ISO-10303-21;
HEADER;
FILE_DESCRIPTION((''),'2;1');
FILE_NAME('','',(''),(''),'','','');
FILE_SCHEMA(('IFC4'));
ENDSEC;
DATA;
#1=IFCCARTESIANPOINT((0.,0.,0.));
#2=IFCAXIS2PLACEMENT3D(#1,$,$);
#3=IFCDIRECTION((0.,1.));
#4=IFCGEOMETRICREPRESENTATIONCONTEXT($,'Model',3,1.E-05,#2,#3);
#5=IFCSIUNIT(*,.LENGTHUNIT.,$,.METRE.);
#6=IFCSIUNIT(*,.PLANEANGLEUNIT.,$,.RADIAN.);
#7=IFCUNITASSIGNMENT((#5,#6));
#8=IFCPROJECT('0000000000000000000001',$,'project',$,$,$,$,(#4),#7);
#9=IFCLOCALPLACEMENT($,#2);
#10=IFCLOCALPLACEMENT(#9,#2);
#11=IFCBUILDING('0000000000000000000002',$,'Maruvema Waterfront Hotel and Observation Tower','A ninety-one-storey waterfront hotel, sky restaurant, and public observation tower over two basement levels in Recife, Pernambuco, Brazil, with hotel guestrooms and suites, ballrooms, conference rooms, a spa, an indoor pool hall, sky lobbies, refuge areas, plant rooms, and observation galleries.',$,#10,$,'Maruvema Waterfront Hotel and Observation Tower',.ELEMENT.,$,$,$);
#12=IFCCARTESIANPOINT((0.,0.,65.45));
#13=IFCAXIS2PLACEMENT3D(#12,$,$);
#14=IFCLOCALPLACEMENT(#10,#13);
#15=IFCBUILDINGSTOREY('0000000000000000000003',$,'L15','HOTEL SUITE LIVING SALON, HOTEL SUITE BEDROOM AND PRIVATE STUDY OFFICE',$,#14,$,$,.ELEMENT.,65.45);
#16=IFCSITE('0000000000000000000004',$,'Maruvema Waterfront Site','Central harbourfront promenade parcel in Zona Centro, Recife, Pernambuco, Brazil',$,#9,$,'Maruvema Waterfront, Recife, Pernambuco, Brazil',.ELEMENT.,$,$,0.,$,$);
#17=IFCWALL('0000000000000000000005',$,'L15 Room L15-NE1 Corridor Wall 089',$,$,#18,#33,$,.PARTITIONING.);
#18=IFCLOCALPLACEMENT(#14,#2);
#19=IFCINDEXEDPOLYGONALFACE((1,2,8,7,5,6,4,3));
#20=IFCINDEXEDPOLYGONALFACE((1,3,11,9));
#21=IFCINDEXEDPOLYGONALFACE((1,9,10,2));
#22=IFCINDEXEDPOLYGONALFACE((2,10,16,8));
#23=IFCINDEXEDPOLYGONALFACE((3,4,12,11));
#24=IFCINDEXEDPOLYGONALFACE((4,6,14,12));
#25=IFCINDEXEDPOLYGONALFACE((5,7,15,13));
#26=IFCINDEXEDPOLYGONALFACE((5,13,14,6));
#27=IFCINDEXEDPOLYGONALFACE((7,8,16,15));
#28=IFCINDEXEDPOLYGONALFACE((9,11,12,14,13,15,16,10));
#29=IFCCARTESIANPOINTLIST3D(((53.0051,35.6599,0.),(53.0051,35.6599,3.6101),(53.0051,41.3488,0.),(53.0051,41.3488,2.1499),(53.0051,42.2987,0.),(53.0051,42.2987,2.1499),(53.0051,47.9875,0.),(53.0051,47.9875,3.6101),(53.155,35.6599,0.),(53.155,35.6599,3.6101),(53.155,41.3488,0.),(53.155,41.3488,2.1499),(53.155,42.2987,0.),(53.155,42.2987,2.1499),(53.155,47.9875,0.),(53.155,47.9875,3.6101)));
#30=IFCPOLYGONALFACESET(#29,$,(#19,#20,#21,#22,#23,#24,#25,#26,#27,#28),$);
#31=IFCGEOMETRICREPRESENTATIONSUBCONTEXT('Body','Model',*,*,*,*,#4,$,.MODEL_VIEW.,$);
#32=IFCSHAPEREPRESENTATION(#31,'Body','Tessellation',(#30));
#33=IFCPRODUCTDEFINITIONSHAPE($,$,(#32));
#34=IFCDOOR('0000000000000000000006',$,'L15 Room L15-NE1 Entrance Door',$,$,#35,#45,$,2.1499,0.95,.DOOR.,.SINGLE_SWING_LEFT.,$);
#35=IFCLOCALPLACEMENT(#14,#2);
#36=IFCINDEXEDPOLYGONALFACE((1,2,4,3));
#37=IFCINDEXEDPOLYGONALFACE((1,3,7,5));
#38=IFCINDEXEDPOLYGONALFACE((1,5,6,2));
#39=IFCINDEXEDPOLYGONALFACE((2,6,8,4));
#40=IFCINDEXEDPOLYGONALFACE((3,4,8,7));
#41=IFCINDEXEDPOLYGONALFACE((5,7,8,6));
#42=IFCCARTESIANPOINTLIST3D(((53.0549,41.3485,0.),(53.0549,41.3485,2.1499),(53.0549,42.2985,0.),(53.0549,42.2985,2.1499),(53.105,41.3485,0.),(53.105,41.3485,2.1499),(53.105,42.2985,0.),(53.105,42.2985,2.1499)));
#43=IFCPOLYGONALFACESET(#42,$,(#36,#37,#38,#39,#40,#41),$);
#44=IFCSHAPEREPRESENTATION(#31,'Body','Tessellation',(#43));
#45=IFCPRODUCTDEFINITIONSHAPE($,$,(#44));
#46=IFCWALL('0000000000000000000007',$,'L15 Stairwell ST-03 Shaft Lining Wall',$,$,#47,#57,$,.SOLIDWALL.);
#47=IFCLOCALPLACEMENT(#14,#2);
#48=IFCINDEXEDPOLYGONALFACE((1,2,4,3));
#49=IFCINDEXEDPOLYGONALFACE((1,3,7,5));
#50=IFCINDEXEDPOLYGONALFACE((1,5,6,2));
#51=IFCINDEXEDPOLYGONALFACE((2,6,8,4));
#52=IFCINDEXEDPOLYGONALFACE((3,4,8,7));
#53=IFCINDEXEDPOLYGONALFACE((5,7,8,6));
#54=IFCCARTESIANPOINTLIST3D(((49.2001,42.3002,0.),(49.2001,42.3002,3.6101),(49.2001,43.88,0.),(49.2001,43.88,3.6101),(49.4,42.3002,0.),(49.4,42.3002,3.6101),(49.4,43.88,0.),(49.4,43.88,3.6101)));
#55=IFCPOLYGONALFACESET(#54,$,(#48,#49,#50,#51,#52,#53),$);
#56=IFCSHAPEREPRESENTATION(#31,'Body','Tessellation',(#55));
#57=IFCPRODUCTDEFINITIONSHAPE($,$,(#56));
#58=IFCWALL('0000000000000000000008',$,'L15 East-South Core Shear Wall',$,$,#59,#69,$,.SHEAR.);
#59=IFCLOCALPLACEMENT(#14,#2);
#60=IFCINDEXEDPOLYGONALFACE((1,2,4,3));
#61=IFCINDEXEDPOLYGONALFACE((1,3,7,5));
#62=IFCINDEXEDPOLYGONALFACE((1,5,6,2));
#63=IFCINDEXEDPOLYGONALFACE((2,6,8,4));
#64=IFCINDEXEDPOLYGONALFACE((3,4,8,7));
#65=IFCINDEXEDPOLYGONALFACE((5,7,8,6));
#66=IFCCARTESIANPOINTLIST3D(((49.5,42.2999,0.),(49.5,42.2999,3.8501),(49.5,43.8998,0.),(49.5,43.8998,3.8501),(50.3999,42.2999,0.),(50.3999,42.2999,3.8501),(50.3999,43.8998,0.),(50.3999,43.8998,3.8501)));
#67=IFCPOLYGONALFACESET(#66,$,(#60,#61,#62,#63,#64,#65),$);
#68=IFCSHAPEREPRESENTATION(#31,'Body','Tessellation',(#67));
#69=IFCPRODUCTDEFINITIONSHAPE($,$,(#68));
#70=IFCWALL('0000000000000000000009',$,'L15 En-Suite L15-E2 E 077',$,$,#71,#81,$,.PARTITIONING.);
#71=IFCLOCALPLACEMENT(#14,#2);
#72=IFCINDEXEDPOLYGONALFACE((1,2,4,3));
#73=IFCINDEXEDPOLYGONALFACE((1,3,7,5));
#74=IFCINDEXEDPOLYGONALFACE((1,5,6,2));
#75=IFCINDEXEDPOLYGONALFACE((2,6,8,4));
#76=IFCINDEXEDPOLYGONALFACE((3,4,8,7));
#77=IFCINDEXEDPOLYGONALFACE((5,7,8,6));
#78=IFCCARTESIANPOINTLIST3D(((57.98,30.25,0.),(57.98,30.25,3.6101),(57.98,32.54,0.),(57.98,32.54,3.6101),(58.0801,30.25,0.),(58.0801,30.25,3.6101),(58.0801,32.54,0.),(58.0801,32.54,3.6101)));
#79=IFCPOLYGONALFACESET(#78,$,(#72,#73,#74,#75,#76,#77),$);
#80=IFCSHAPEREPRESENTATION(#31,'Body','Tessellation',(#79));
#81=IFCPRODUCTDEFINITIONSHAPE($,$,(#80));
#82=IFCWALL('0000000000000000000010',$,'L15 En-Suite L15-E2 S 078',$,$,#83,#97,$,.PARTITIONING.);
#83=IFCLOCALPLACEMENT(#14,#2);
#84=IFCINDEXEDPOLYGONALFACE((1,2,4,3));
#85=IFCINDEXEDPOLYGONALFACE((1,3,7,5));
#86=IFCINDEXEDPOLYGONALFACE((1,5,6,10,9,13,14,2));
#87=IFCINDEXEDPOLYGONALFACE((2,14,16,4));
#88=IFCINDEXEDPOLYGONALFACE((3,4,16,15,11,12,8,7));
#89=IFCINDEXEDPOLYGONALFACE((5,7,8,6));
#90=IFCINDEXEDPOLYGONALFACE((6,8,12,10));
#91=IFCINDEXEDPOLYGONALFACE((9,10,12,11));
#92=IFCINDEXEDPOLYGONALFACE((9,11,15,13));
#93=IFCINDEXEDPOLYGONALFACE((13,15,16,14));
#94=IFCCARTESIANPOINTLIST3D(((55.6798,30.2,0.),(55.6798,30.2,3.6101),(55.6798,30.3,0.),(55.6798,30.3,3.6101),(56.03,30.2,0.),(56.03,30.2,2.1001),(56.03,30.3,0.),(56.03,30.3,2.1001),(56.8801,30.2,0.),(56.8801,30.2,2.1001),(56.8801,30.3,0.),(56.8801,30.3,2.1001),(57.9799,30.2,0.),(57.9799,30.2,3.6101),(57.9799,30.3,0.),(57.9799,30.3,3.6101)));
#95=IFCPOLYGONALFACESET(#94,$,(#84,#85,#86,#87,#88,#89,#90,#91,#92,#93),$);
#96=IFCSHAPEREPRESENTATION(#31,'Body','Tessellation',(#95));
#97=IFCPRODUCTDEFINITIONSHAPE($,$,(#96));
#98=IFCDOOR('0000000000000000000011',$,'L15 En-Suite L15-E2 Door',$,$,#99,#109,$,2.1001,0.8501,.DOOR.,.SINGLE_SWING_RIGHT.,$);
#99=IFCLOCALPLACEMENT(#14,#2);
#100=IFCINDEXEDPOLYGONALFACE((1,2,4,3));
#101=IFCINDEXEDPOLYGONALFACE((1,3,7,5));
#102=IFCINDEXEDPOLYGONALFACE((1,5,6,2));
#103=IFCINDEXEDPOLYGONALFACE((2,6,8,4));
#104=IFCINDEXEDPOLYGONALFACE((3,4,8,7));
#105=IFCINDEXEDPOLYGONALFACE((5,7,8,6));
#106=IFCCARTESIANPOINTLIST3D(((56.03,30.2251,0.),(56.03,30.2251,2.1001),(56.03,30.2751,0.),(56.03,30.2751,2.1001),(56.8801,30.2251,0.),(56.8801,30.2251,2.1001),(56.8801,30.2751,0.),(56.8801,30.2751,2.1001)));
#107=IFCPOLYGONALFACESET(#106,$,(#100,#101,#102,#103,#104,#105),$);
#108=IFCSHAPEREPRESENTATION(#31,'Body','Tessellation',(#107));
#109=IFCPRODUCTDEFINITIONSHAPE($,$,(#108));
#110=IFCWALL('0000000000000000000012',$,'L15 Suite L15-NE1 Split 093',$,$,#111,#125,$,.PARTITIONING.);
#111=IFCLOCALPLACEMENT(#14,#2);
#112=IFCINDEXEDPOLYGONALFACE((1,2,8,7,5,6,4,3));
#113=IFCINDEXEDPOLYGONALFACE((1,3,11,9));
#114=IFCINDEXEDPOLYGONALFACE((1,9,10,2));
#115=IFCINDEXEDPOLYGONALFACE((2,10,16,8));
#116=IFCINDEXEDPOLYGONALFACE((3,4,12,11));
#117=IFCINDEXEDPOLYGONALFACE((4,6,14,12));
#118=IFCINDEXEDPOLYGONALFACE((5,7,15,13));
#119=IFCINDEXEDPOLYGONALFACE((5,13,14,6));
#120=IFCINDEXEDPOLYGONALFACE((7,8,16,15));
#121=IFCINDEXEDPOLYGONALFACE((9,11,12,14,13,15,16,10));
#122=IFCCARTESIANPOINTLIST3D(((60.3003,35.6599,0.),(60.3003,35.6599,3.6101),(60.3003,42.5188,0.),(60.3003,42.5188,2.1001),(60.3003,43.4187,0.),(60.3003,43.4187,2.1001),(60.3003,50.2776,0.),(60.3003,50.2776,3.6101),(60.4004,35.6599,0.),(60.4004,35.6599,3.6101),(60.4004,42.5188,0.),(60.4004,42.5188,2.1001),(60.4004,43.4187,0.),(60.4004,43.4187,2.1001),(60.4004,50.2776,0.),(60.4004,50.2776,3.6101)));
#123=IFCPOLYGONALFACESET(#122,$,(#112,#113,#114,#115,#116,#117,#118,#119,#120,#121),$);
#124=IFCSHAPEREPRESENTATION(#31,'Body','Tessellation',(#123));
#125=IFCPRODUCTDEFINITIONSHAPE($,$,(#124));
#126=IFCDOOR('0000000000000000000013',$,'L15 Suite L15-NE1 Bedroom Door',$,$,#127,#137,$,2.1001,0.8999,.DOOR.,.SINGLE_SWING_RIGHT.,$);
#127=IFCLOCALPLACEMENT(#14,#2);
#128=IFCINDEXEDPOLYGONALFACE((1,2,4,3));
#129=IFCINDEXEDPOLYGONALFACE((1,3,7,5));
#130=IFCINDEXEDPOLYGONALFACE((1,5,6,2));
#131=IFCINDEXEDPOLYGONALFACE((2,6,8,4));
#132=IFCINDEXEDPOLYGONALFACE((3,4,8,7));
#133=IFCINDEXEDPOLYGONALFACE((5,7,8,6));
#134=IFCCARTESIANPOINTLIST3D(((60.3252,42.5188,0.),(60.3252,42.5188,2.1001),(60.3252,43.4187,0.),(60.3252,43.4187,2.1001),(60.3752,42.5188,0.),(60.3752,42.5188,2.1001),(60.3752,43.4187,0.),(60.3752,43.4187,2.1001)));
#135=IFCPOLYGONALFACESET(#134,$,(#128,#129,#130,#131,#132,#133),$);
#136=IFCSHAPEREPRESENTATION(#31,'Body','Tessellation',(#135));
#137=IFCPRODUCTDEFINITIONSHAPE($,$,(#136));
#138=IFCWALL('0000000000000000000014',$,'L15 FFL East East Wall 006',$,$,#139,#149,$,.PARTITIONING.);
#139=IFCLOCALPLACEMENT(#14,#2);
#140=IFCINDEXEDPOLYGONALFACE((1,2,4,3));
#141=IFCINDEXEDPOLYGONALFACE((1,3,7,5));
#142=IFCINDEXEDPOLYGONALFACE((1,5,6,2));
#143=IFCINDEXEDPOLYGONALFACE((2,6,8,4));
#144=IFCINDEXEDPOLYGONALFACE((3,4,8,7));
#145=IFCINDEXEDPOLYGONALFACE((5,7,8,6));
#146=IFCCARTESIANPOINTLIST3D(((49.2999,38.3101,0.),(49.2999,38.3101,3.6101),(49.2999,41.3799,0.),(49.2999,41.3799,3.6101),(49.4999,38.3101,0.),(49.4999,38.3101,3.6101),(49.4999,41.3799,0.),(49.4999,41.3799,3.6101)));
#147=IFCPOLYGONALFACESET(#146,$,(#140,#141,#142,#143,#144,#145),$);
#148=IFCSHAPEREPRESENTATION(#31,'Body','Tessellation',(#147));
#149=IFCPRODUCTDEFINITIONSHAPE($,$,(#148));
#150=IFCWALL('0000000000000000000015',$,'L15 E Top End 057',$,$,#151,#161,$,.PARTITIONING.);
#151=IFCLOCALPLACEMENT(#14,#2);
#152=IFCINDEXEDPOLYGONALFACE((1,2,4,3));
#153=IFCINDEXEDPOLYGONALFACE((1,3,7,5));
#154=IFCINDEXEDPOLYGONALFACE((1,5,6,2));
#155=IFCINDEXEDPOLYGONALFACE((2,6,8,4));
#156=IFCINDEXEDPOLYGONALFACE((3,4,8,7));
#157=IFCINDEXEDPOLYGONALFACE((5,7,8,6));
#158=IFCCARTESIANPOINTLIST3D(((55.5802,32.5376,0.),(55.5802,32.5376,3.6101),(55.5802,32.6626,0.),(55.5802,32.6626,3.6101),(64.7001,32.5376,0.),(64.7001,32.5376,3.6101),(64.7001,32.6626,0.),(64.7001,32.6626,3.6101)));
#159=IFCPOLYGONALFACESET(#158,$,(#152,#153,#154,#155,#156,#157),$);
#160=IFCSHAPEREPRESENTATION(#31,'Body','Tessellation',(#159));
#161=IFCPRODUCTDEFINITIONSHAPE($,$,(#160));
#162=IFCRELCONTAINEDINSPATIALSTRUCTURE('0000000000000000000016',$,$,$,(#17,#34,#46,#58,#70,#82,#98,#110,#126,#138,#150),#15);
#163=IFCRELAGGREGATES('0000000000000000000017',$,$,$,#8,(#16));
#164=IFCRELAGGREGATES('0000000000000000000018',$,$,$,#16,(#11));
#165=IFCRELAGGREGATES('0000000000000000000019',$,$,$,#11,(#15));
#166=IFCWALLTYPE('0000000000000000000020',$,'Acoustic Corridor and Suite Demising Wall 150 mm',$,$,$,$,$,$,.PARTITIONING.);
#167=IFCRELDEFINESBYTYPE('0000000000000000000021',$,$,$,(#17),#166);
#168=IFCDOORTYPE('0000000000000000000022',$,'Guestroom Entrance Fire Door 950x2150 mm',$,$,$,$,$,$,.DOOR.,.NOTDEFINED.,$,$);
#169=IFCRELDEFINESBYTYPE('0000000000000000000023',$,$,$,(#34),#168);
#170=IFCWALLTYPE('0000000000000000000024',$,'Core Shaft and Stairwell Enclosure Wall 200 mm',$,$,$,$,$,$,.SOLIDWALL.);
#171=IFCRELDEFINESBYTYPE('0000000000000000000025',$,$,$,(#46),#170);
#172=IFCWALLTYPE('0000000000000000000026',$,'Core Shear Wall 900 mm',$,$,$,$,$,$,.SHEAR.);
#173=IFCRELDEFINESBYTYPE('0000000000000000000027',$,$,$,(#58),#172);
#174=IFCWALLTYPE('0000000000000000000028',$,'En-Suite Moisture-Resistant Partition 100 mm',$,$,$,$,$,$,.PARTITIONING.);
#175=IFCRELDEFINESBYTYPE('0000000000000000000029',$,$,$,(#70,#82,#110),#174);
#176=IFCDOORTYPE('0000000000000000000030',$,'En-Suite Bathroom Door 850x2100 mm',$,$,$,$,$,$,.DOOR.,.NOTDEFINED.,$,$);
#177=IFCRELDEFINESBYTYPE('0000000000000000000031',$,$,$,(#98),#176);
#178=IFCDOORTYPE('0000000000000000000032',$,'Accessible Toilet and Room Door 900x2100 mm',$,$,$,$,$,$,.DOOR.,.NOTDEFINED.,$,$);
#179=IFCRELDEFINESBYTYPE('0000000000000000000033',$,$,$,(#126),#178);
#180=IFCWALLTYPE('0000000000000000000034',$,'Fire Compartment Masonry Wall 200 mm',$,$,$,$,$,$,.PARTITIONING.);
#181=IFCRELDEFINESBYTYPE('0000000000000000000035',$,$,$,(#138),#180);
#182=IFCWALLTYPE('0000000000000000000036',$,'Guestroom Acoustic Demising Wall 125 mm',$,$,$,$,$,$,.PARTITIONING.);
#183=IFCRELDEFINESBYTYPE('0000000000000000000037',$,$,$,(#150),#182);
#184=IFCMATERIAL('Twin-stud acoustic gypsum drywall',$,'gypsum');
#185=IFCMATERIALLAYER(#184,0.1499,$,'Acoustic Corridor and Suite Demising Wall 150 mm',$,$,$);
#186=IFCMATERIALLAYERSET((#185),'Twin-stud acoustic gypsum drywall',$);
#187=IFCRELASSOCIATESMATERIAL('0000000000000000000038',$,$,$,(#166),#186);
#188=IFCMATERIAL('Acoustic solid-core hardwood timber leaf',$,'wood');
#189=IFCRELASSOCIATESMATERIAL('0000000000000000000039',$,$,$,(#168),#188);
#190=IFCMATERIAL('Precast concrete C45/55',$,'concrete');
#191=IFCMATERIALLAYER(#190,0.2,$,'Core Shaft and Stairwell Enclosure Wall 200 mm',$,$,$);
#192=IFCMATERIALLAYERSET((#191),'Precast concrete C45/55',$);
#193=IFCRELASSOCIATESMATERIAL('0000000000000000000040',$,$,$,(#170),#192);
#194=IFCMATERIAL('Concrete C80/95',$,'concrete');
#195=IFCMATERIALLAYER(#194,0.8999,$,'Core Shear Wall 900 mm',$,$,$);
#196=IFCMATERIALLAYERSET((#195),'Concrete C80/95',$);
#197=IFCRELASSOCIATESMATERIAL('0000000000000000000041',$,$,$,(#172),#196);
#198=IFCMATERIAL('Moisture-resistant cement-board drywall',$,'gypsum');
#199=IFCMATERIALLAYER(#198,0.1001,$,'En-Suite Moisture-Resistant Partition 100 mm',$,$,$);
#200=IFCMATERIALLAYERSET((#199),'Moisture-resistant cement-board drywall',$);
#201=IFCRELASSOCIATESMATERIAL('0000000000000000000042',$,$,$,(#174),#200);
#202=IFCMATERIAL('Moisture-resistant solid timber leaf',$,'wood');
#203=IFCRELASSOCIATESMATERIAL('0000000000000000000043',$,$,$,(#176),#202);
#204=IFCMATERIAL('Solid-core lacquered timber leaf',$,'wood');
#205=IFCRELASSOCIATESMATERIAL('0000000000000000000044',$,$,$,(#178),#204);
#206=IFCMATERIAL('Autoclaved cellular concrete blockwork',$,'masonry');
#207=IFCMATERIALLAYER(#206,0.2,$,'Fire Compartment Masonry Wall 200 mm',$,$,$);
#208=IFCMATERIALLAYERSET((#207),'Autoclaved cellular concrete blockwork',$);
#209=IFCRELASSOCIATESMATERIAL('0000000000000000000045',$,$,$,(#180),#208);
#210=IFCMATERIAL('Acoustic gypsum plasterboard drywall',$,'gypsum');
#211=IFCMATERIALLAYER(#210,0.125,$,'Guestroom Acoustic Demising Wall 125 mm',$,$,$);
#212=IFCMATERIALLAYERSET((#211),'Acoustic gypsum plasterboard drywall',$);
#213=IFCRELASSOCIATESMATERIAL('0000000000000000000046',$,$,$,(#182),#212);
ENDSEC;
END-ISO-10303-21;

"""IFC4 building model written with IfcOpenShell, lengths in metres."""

from ifc_helpers import new_model, si_unit, direction, frame, frame_2d, origin, place, context, subcontext, project, spatial, rectangle, extrude, material, layer, layer_set, type_object, element, fill, save


model = new_model("IFC4")

# Units and contexts
model_context = context("Model", 3, precision=1e-05, world=origin(), true_north=direction((0.0, 1.0)))
body_context = subcontext(model_context, "Body", "Model", "MODEL_VIEW")
ifc_project = project(units=[si_unit("LENGTHUNIT", "METRE"), si_unit("PLANEANGLEUNIT", "RADIAN")], contexts=[model_context])

# Site, building, storey
site_placement = place(None, origin())
site = spatial("IfcSite", under=ifc_project, at=site_placement, Name="Maruvema Waterfront Site", Description="Central harbourfront promenade parcel in Zona Centro, Recife, Pernambuco, Brazil", LongName="Maruvema Waterfront, Recife, Pernambuco, Brazil", CompositionType="ELEMENT", RefElevation=0.0)
building_placement = place(site_placement, origin())
building = spatial("IfcBuilding", under=site, at=building_placement, Name="Maruvema Waterfront Hotel and Observation Tower", Description="A ninety-one-storey waterfront hotel, sky restaurant, and public observation tower over two basement levels in Recife, Pernambuco, Brazil, with hotel guestrooms and suites, ballrooms, conference rooms, a spa, an indoor pool hall, sky lobbies, refuge areas, plant rooms, and observation galleries.", LongName="Maruvema Waterfront Hotel and Observation Tower", CompositionType="ELEMENT")
storey_placement = place(building_placement, frame((0.0, 0.0, 65.45)))
storey = spatial("IfcBuildingStorey", under=building, at=storey_placement, Name="L15", Description="HOTEL SUITE LIVING SALON, HOTEL SUITE BEDROOM AND PRIVATE STUDY OFFICE", CompositionType="ELEMENT", Elevation=65.45)

# Wall, opening, door
ifc_material_1 = material(Name="Twin-stud acoustic gypsum drywall", Category="gypsum")
ifc_layer_1 = layer(ifc_material_1, 0.1499, Name="Acoustic Corridor and Suite Demising Wall 150 mm")
ifc_layer_set_1 = layer_set([ifc_layer_1], Name="Twin-stud acoustic gypsum drywall")
wall_type_1 = type_object("IfcWallType", Name="Acoustic Corridor and Suite Demising Wall 150 mm", PredefinedType="PARTITIONING", material=ifc_layer_set_1)
wall_1_placement = place(storey_placement, frame((53.0801, 35.6599, 0.0), z_axis=(0.0, 0.0, 1.0), x_axis=(0.0, 1.0, 0.0)))
wall_1 = element("IfcWall", 1, at=wall_1_placement, inside=storey, type_object=wall_type_1, Name="L15 Room L15-NE1 Corridor Wall 089", PredefinedType="PARTITIONING", context=body_context, shape_type="SweptSolid", body=[
    extrude(rectangle(XDim=12.3276, YDim=0.1499, at=frame_2d((6.1638, 0.0))), origin(), (0.0, 0.0, 1.0), 3.6101),
])
opening_1_placement = place(wall_1_placement, frame((5.6887, 0.0, 0.0)))
opening_1 = element("IfcOpeningElement", 2, at=opening_1_placement, cuts=wall_1, PredefinedType="OPENING", context=body_context, shape_type="SweptSolid", body=[
    extrude(rectangle(XDim=0.95, YDim=2.1499, at=frame_2d((0.4751, 1.075))), frame((0.0, 0.085, 0.0), z_axis=(0.0, -1.0, 0.0), x_axis=(1.0, 0.0, 0.0)), (0.0, 0.0, 1.0), 0.1699),
])
ifc_material_2 = material(Name="Acoustic solid-core hardwood timber leaf", Category="wood")
door_type_1 = type_object("IfcDoorType", Name="Guestroom Entrance Fire Door 950x2150 mm", OperationType="NOTDEFINED", PredefinedType="DOOR", material=ifc_material_2)
door_1_placement = place(opening_1_placement, frame((0.95, 0.0, 0.0), z_axis=(0.0, 0.0, 1.0), x_axis=(-1.0, 0.0, 0.0)))
door_1 = element("IfcDoor", 3, at=door_1_placement, inside=storey, type_object=door_type_1, Name="L15 Room L15-NE1 Entrance Door", OperationType="SINGLE_SWING_LEFT", OverallHeight=2.1499, OverallWidth=0.95, PredefinedType="DOOR", context=body_context, shape_type="SweptSolid", body=[
    extrude(rectangle(XDim=0.95, YDim=2.1499, at=frame_2d((0.4751, 1.075))), frame((0.0, 0.0249, 0.0), z_axis=(0.0, -1.0, 0.0), x_axis=(1.0, 0.0, 0.0)), (0.0, 0.0, 1.0), 0.05),
])
fill(opening_1, door_1)

# Walls
ifc_material_3 = material(Name="Precast concrete C45/55", Category="concrete")
ifc_layer_2 = layer(ifc_material_3, 0.2, Name="Core Shaft and Stairwell Enclosure Wall 200 mm")
ifc_layer_set_2 = layer_set([ifc_layer_2], Name="Precast concrete C45/55")
wall_type_2 = type_object("IfcWallType", Name="Core Shaft and Stairwell Enclosure Wall 200 mm", PredefinedType="SOLIDWALL", material=ifc_layer_set_2)
wall_2_placement = place(storey_placement, frame((49.3, 42.3, 0.0), z_axis=(0.0, 0.0, 1.0), x_axis=(0.0, 1.0, 0.0)))
element("IfcWall", 4, at=wall_2_placement, inside=storey, type_object=wall_type_2, Name="L15 Stairwell ST-03 Shaft Lining Wall", PredefinedType="SOLIDWALL", context=body_context, shape_type="SweptSolid", body=[
    extrude(rectangle(XDim=1.5798, YDim=0.2, at=frame_2d((0.79, 0.0))), origin(), (0.0, 0.0, 1.0), 3.6101),
])
ifc_material_4 = material(Name="Concrete C80/95", Category="concrete")
ifc_layer_3 = layer(ifc_material_4, 0.8999, Name="Core Shear Wall 900 mm")
ifc_layer_set_3 = layer_set([ifc_layer_3], Name="Concrete C80/95")
wall_type_3 = type_object("IfcWallType", Name="Core Shear Wall 900 mm", PredefinedType="SHEAR", material=ifc_layer_set_3)
wall_3_placement = place(storey_placement, frame((49.95, 42.3, 0.0), z_axis=(0.0, 0.0, 1.0), x_axis=(0.0, 1.0, 0.0)))
element("IfcWall", 5, at=wall_3_placement, inside=storey, type_object=wall_type_3, Name="L15 East-South Core Shear Wall", PredefinedType="SHEAR", context=body_context, shape_type="SweptSolid", body=[
    extrude(rectangle(XDim=1.5999, YDim=0.8999, at=frame_2d((0.7998, 0.0))), origin(), (0.0, 0.0, 1.0), 3.8501),
])
ifc_material_5 = material(Name="Moisture-resistant cement-board drywall", Category="gypsum")
ifc_layer_4 = layer(ifc_material_5, 0.1001, Name="En-Suite Moisture-Resistant Partition 100 mm")
ifc_layer_set_4 = layer_set([ifc_layer_4], Name="Moisture-resistant cement-board drywall")
wall_type_4 = type_object("IfcWallType", Name="En-Suite Moisture-Resistant Partition 100 mm", PredefinedType="PARTITIONING", material=ifc_layer_set_4)
wall_4_placement = place(storey_placement, frame((58.03, 30.25, 0.0), z_axis=(0.0, 0.0, 1.0), x_axis=(0.0, 1.0, 0.0)))
element("IfcWall", 6, at=wall_4_placement, inside=storey, type_object=wall_type_4, Name="L15 En-Suite L15-E2 E 077", PredefinedType="PARTITIONING", context=body_context, shape_type="SweptSolid", body=[
    extrude(rectangle(XDim=2.29, YDim=0.1001, at=frame_2d((1.145, 0.0))), origin(), (0.0, 0.0, 1.0), 3.6101),
])

# Walls, openings, doors
wall_5_placement = place(storey_placement, frame((55.6799, 30.25, 0.0), z_axis=(0.0, 0.0, 1.0), x_axis=(1.0, 0.0, 0.0)))
wall_5 = element("IfcWall", 7, at=wall_5_placement, inside=storey, type_object=wall_type_4, Name="L15 En-Suite L15-E2 S 078", PredefinedType="PARTITIONING", context=body_context, shape_type="SweptSolid", body=[
    extrude(rectangle(XDim=2.3, YDim=0.1001, at=frame_2d((1.1499, 0.0))), origin(), (0.0, 0.0, 1.0), 3.6101),
])
opening_2_placement = place(wall_5_placement, frame((0.3501, 0.0, 0.0)))
opening_2 = element("IfcOpeningElement", 8, at=opening_2_placement, cuts=wall_5, PredefinedType="OPENING", context=body_context, shape_type="SweptSolid", body=[
    extrude(rectangle(XDim=0.8501, YDim=2.1001, at=frame_2d((0.425, 1.05))), frame((0.0, 0.0601, 0.0), z_axis=(0.0, -1.0, 0.0), x_axis=(1.0, 0.0, 0.0)), (0.0, 0.0, 1.0), 0.1201),
])
ifc_material_6 = material(Name="Moisture-resistant solid timber leaf", Category="wood")
door_type_2 = type_object("IfcDoorType", Name="En-Suite Bathroom Door 850x2100 mm", OperationType="NOTDEFINED", PredefinedType="DOOR", material=ifc_material_6)
door_2_placement = place(opening_2_placement, frame((0.8501, 0.0, 0.0), z_axis=(0.0, 0.0, 1.0), x_axis=(-1.0, 0.0, 0.0)))
door_2 = element("IfcDoor", 9, at=door_2_placement, inside=storey, type_object=door_type_2, Name="L15 En-Suite L15-E2 Door", OperationType="SINGLE_SWING_RIGHT", OverallHeight=2.1001, OverallWidth=0.8501, PredefinedType="DOOR", context=body_context, shape_type="SweptSolid", body=[
    extrude(rectangle(XDim=0.8501, YDim=2.1001, at=frame_2d((0.425, 1.05))), frame((0.0, 0.0249, 0.0), z_axis=(0.0, -1.0, 0.0), x_axis=(1.0, 0.0, 0.0)), (0.0, 0.0, 1.0), 0.05),
])
fill(opening_2, door_2)
wall_6_placement = place(storey_placement, frame((60.3503, 35.6599, 0.0), z_axis=(0.0, 0.0, 1.0), x_axis=(0.0, 1.0, 0.0)))
wall_6 = element("IfcWall", 10, at=wall_6_placement, inside=storey, type_object=wall_type_4, Name="L15 Suite L15-NE1 Split 093", PredefinedType="PARTITIONING", context=body_context, shape_type="SweptSolid", body=[
    extrude(rectangle(XDim=14.6177, YDim=0.1001, at=frame_2d((7.3088, 0.0))), origin(), (0.0, 0.0, 1.0), 3.6101),
])
opening_3_placement = place(wall_6_placement, frame((6.8589, 0.0, 0.0)))
opening_3 = element("IfcOpeningElement", 11, at=opening_3_placement, cuts=wall_6, PredefinedType="OPENING", context=body_context, shape_type="SweptSolid", body=[
    extrude(rectangle(XDim=0.8999, YDim=2.1001, at=frame_2d((0.45, 1.05))), frame((0.0, 0.0601, 0.0), z_axis=(0.0, -1.0, 0.0), x_axis=(1.0, 0.0, 0.0)), (0.0, 0.0, 1.0), 0.1201),
])
ifc_material_7 = material(Name="Solid-core lacquered timber leaf", Category="wood")
door_type_3 = type_object("IfcDoorType", Name="Accessible Toilet and Room Door 900x2100 mm", OperationType="NOTDEFINED", PredefinedType="DOOR", material=ifc_material_7)
door_3_placement = place(opening_3_placement, frame((0.8999, 0.0, 0.0), z_axis=(0.0, 0.0, 1.0), x_axis=(-1.0, 0.0, 0.0)))
door_3 = element("IfcDoor", 12, at=door_3_placement, inside=storey, type_object=door_type_3, Name="L15 Suite L15-NE1 Bedroom Door", OperationType="SINGLE_SWING_RIGHT", OverallHeight=2.1001, OverallWidth=0.8999, PredefinedType="DOOR", context=body_context, shape_type="SweptSolid", body=[
    extrude(rectangle(XDim=0.8999, YDim=2.1001, at=frame_2d((0.45, 1.05))), frame((0.0, 0.0249, 0.0), z_axis=(0.0, -1.0, 0.0), x_axis=(1.0, 0.0, 0.0)), (0.0, 0.0, 1.0), 0.05),
])
fill(opening_3, door_3)

# Walls
ifc_material_8 = material(Name="Autoclaved cellular concrete blockwork", Category="masonry")
ifc_layer_5 = layer(ifc_material_8, 0.2, Name="Fire Compartment Masonry Wall 200 mm")
ifc_layer_set_5 = layer_set([ifc_layer_5], Name="Autoclaved cellular concrete blockwork")
wall_type_5 = type_object("IfcWallType", Name="Fire Compartment Masonry Wall 200 mm", PredefinedType="PARTITIONING", material=ifc_layer_set_5)
wall_7_placement = place(storey_placement, frame((49.3999, 38.3101, 0.0), z_axis=(0.0, 0.0, 1.0), x_axis=(0.0, 1.0, 0.0)))
element("IfcWall", 13, at=wall_7_placement, inside=storey, type_object=wall_type_5, Name="L15 FFL East East Wall 006", PredefinedType="PARTITIONING", context=body_context, shape_type="SweptSolid", body=[
    extrude(rectangle(XDim=3.0698, YDim=0.2, at=frame_2d((1.5349, 0.0))), origin(), (0.0, 0.0, 1.0), 3.6101),
])
ifc_material_9 = material(Name="Acoustic gypsum plasterboard drywall", Category="gypsum")
ifc_layer_6 = layer(ifc_material_9, 0.125, Name="Guestroom Acoustic Demising Wall 125 mm")
ifc_layer_set_6 = layer_set([ifc_layer_6], Name="Acoustic gypsum plasterboard drywall")
wall_type_6 = type_object("IfcWallType", Name="Guestroom Acoustic Demising Wall 125 mm", PredefinedType="PARTITIONING", material=ifc_layer_set_6)
wall_8_placement = place(storey_placement, frame((55.5801, 32.6001, 0.0), z_axis=(0.0, 0.0, 1.0), x_axis=(1.0, 0.0, 0.0)))
element("IfcWall", 14, at=wall_8_placement, inside=storey, type_object=wall_type_6, Name="L15 E Top End 057", PredefinedType="PARTITIONING", context=body_context, shape_type="SweptSolid", body=[
    extrude(rectangle(XDim=9.1199, YDim=0.125, at=frame_2d((4.5601, 0.0))), origin(), (0.0, 0.0, 1.0), 3.6101),
])

save(model, "model.ifc")
